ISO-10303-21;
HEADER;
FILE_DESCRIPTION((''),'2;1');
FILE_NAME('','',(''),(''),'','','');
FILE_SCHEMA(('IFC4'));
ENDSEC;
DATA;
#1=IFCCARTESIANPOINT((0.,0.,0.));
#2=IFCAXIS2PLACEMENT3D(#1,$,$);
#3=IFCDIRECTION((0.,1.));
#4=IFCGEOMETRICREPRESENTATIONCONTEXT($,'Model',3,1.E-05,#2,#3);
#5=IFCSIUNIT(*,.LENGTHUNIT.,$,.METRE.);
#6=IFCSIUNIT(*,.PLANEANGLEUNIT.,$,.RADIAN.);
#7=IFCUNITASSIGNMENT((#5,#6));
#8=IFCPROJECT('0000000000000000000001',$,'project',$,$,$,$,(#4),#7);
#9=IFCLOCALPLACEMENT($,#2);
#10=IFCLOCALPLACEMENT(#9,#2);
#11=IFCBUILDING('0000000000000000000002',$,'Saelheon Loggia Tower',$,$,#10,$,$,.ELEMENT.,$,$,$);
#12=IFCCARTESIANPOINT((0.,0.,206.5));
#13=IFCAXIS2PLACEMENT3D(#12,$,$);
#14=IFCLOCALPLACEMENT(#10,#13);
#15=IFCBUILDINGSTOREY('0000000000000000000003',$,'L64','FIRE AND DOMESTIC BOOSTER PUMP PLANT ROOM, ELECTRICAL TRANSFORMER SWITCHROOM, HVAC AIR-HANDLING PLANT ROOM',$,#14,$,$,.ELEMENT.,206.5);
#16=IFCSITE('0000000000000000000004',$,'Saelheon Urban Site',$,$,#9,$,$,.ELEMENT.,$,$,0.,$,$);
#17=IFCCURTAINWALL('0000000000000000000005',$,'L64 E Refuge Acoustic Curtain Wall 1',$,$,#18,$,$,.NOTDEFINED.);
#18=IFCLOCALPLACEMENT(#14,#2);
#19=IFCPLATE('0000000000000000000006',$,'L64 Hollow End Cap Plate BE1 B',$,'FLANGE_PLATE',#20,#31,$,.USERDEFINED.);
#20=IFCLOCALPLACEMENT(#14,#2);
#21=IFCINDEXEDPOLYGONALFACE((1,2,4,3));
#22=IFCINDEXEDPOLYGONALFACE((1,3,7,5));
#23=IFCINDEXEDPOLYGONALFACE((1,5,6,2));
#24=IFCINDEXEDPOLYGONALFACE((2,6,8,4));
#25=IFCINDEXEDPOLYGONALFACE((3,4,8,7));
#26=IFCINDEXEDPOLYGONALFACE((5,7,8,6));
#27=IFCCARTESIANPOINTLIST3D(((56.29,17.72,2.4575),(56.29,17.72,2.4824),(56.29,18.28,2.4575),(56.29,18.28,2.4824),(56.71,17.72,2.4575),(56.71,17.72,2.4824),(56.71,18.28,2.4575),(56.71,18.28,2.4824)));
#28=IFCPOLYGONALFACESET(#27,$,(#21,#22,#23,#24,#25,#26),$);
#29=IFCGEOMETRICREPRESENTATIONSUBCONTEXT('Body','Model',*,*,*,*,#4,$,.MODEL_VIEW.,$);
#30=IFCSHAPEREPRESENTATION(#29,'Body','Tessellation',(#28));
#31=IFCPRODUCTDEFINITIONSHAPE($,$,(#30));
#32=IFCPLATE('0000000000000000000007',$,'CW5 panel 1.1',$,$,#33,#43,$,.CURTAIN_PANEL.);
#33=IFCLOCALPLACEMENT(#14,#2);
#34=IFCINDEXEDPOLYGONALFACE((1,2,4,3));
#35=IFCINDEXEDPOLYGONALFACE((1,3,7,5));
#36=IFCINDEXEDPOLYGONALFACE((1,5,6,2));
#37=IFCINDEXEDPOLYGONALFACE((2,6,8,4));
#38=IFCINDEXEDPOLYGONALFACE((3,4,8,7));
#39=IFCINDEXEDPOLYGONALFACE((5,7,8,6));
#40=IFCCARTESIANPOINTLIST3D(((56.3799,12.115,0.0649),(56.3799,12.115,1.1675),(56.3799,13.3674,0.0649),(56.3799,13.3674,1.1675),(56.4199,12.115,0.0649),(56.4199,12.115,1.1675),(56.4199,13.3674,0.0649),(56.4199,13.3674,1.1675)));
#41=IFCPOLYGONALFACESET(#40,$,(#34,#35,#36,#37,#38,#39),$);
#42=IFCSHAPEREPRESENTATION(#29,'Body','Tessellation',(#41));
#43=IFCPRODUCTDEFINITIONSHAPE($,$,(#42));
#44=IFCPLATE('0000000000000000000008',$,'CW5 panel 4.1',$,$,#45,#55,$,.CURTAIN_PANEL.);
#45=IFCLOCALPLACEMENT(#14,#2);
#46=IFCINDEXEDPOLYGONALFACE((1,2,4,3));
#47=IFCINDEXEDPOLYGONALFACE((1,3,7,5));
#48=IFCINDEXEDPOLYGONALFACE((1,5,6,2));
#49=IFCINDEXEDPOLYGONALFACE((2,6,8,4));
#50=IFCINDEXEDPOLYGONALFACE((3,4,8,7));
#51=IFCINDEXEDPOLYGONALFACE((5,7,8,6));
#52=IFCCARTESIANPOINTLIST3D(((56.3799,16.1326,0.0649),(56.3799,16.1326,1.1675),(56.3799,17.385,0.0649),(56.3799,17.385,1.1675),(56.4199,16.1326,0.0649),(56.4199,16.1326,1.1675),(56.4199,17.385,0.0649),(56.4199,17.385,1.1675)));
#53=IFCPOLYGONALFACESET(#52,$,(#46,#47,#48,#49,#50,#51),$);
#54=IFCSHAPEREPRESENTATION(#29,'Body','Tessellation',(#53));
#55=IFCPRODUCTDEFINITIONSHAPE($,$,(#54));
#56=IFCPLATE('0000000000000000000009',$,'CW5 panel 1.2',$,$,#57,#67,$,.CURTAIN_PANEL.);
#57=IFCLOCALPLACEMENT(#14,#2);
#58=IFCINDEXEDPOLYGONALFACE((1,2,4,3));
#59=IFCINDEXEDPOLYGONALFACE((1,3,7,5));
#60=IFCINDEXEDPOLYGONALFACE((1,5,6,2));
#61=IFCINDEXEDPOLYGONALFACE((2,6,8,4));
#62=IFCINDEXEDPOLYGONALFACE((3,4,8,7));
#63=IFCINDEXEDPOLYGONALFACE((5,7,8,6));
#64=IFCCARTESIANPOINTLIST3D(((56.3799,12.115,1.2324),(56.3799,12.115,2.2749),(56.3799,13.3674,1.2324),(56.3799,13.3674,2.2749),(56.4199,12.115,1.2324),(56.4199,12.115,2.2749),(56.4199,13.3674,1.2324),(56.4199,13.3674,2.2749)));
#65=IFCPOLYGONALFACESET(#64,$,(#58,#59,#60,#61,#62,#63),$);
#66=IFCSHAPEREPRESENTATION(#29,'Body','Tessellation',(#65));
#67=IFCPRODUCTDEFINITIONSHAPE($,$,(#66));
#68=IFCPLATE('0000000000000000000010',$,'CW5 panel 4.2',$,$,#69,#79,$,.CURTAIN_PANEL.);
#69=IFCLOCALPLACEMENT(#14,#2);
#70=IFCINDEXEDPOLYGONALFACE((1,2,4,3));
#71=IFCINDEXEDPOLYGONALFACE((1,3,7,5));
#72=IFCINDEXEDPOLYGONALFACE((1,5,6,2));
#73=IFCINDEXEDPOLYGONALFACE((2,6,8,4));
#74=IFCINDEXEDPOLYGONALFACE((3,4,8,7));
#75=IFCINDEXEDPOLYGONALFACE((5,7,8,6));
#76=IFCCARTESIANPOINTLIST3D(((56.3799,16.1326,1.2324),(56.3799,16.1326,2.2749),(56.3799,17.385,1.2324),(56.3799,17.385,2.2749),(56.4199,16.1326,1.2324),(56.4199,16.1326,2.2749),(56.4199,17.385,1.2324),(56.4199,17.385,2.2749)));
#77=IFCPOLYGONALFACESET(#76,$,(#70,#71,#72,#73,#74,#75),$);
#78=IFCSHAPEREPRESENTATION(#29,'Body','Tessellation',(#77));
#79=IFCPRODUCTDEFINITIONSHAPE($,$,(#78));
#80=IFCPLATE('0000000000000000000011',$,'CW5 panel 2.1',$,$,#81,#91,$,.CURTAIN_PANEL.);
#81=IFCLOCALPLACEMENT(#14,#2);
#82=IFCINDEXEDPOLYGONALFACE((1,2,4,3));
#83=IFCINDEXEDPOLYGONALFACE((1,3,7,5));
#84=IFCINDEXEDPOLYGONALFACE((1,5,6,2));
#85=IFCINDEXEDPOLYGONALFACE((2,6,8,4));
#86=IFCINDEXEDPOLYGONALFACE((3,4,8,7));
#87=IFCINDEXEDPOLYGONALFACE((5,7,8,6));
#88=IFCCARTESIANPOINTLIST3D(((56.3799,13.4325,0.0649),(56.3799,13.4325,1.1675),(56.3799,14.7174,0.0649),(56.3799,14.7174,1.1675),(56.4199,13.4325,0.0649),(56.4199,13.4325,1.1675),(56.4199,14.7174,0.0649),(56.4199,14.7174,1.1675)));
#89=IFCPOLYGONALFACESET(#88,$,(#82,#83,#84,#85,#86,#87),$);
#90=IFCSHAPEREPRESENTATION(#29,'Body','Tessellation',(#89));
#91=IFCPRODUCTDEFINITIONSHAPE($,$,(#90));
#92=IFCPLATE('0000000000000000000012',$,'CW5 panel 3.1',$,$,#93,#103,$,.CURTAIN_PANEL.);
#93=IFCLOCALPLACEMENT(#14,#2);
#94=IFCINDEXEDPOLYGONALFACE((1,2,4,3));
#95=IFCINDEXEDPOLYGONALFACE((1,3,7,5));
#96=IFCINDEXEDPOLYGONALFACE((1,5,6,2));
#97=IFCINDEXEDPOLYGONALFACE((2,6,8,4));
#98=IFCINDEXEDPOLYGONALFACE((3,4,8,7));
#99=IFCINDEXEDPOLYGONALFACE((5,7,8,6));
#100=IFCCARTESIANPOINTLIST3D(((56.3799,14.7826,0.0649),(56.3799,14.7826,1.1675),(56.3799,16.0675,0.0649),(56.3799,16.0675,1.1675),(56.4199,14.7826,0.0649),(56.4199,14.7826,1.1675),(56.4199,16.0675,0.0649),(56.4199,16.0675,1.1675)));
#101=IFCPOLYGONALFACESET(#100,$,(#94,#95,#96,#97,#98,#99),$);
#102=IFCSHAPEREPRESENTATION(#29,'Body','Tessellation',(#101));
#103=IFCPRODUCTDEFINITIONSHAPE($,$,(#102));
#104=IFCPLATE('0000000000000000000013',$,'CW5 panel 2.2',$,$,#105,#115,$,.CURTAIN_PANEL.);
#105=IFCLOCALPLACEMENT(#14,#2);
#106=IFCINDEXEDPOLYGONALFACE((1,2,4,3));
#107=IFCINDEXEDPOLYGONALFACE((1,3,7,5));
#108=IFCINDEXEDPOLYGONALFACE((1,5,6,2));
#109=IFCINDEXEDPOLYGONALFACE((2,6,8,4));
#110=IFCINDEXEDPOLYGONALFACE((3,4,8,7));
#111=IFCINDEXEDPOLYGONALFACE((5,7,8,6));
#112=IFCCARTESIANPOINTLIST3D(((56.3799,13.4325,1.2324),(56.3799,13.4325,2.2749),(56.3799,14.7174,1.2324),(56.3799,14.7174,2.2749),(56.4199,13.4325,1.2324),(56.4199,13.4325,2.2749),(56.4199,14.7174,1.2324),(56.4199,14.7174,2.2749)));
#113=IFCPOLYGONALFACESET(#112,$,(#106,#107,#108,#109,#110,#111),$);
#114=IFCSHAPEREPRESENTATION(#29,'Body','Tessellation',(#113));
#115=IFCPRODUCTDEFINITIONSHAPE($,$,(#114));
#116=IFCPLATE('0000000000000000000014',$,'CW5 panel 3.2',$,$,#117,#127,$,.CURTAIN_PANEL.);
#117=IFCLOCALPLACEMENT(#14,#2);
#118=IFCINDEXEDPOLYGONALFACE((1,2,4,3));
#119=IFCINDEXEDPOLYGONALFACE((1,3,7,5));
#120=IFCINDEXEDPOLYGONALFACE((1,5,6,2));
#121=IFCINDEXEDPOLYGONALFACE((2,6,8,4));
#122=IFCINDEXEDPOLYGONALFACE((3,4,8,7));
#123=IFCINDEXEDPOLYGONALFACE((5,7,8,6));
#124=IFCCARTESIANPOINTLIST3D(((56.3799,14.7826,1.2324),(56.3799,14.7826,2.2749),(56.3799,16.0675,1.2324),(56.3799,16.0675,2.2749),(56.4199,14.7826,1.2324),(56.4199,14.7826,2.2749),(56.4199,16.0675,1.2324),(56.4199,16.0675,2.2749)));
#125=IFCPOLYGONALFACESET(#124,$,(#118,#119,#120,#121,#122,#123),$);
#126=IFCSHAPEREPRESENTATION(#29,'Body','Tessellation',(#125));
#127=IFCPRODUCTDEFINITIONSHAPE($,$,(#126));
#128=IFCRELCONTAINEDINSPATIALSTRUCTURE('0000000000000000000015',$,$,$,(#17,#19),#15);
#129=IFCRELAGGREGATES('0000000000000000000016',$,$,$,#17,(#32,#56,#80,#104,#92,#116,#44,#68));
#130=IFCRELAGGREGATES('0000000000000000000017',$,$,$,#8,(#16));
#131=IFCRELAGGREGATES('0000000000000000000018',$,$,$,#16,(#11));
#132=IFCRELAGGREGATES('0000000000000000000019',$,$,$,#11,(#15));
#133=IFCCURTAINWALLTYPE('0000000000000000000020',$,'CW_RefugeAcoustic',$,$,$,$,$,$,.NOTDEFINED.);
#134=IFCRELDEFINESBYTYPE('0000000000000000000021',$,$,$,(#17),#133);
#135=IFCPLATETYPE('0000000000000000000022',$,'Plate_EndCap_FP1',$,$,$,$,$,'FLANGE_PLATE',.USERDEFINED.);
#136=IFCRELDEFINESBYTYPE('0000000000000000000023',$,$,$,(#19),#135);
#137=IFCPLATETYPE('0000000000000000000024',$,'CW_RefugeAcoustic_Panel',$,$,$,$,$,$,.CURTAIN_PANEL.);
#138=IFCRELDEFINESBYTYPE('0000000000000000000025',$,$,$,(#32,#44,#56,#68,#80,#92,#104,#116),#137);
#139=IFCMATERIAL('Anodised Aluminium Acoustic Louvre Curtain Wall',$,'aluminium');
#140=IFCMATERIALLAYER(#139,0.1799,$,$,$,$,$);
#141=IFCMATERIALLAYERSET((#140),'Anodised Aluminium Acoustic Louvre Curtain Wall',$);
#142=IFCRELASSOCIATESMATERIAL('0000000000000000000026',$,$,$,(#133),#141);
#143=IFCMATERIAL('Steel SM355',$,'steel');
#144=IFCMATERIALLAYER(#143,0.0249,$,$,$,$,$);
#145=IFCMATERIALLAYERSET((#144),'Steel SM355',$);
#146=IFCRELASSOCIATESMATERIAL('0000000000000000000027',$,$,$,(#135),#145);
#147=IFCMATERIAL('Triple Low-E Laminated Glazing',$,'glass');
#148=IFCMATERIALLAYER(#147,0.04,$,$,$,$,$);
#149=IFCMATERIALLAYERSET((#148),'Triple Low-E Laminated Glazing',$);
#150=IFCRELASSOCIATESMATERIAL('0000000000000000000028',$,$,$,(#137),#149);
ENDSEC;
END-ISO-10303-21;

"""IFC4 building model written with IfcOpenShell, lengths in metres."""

from ifc_helpers import new_model, si_unit, direction, frame, origin, origin_2d, place, context, subcontext, project, spatial, rectangle, extrude, source, transform, mapped, material, layer, layer_set, type_object, element, aggregate, save


model = new_model("IFC4")

# Units and contexts
model_context = context("Model", 3, precision=1e-05, world=origin(), true_north=direction((0.0, 1.0)))
body_context = subcontext(model_context, "Body", "Model", "MODEL_VIEW")
ifc_project = project(units=[si_unit("LENGTHUNIT", "METRE"), si_unit("PLANEANGLEUNIT", "RADIAN")], contexts=[model_context])

# Site, building, storey
site_placement = place(None, origin())
site = spatial("IfcSite", under=ifc_project, at=site_placement, Name="Saelheon Urban Site", CompositionType="ELEMENT", RefElevation=0.0)
building_placement = place(site_placement, origin())
building = spatial("IfcBuilding", under=site, at=building_placement, Name="Saelheon Loggia Tower", CompositionType="ELEMENT")
storey_placement = place(building_placement, frame((0.0, 0.0, 206.5)))
storey = spatial("IfcBuildingStorey", under=building, at=storey_placement, Name="L64", Description="FIRE AND DOMESTIC BOOSTER PUMP PLANT ROOM, ELECTRICAL TRANSFORMER SWITCHROOM, HVAC AIR-HANDLING PLANT ROOM", CompositionType="ELEMENT", Elevation=206.5)

# Shared definitions
ifc_material_1 = material(Name="Steel SM355", Category="steel")

# Curtain wall
ifc_material_2 = material(Name="Anodised Aluminium Acoustic Louvre Curtain Wall", Category="aluminium")
ifc_layer_1 = layer(ifc_material_2, 0.1799)
ifc_layer_set_1 = layer_set([ifc_layer_1], Name="Anodised Aluminium Acoustic Louvre Curtain Wall")
curtain_wall_type = type_object("IfcCurtainWallType", Name="CW_RefugeAcoustic", PredefinedType="NOTDEFINED", material=ifc_layer_set_1)
curtain_wall_placement = place(storey_placement, origin())
curtain_wall = element("IfcCurtainWall", 1, at=curtain_wall_placement, inside=storey, type_object=curtain_wall_type, Name="L64 E Refuge Acoustic Curtain Wall 1", PredefinedType="NOTDEFINED")

# Plate
ifc_layer_2 = layer(ifc_material_1, 0.0249)
ifc_layer_set_2 = layer_set([ifc_layer_2], Name="Steel SM355")
plate_type_1 = type_object("IfcPlateType", Name="Plate_EndCap_FP1", ElementType="FLANGE_PLATE", PredefinedType="USERDEFINED", material=ifc_layer_set_2)
shared_shape_1 = source(origin(), body_context, "Body", "SweptSolid", [
    extrude(rectangle(XDim=0.5601, YDim=0.4199, at=origin_2d()), origin(), (0.0, 0.0, 1.0), 0.0249),
])
for number, where, z_axis, x_axis, name in (
    (2, (56.5, 18.0, 2.4575), (0.0, 0.0, 1.0), (0.0, 1.0, 0.0), "L64 Hollow End Cap Plate BE1 B"),
):
    element("IfcPlate", number, at=place(storey_placement, frame(where, z_axis=z_axis, x_axis=x_axis)), inside=storey, type_object=plate_type_1, Name=name, ObjectType="FLANGE_PLATE", PredefinedType="USERDEFINED", context=body_context, shape_type="MappedRepresentation", body=[
        mapped(shared_shape_1, transform((0.0, 0.0, 0.0), scale=1.0)),
    ])

# Plates
ifc_material_3 = material(Name="Triple Low-E Laminated Glazing", Category="glass")
ifc_layer_3 = layer(ifc_material_3, 0.04)
ifc_layer_set_3 = layer_set([ifc_layer_3], Name="Triple Low-E Laminated Glazing")
plate_type_2 = type_object("IfcPlateType", Name="CW_RefugeAcoustic_Panel", PredefinedType="CURTAIN_PANEL", material=ifc_layer_set_3)
shared_shape_2 = source(origin(), body_context, "Body", "SweptSolid", [
    extrude(rectangle(XDim=1.2524, YDim=0.04, at=origin_2d()), origin(), (0.0, 0.0, 1.0), 1.1025),
])
plate_1_placement = place(storey_placement, frame((56.3999, 12.7412, 0.0649), z_axis=(0.0, 0.0, 1.0), x_axis=(0.0, 1.0, 0.0)))
plate_1 = element("IfcPlate", 3, at=plate_1_placement, type_object=plate_type_2, Name="CW5 panel 1.1", PredefinedType="CURTAIN_PANEL", context=body_context, shape_type="MappedRepresentation", body=[
    mapped(shared_shape_2, transform((0.0, 0.0, 0.0), scale=1.0)),
])
plate_2_placement = place(storey_placement, frame((56.3999, 16.7588, 0.0649), z_axis=(0.0, 0.0, 1.0), x_axis=(0.0, 1.0, 0.0)))
plate_2 = element("IfcPlate", 4, at=plate_2_placement, type_object=plate_type_2, Name="CW5 panel 4.1", PredefinedType="CURTAIN_PANEL", context=body_context, shape_type="MappedRepresentation", body=[
    mapped(shared_shape_2, transform((0.0, 0.0, 0.0), scale=1.0)),
])
shared_shape_3 = source(origin(), body_context, "Body", "SweptSolid", [
    extrude(rectangle(XDim=1.2524, YDim=0.04, at=origin_2d()), origin(), (0.0, 0.0, 1.0), 1.0425),
])
plate_3_placement = place(storey_placement, frame((56.3999, 12.7412, 1.2324), z_axis=(0.0, 0.0, 1.0), x_axis=(0.0, 1.0, 0.0)))
plate_3 = element("IfcPlate", 5, at=plate_3_placement, type_object=plate_type_2, Name="CW5 panel 1.2", PredefinedType="CURTAIN_PANEL", context=body_context, shape_type="MappedRepresentation", body=[
    mapped(shared_shape_3, transform((0.0, 0.0, 0.0), scale=1.0)),
])
plate_4_placement = place(storey_placement, frame((56.3999, 16.7588, 1.2324), z_axis=(0.0, 0.0, 1.0), x_axis=(0.0, 1.0, 0.0)))
plate_4 = element("IfcPlate", 6, at=plate_4_placement, type_object=plate_type_2, Name="CW5 panel 4.2", PredefinedType="CURTAIN_PANEL", context=body_context, shape_type="MappedRepresentation", body=[
    mapped(shared_shape_3, transform((0.0, 0.0, 0.0), scale=1.0)),
])
shared_shape_4 = source(origin(), body_context, "Body", "SweptSolid", [
    extrude(rectangle(XDim=1.2849, YDim=0.04, at=origin_2d()), origin(), (0.0, 0.0, 1.0), 1.1025),
])
plate_5_placement = place(storey_placement, frame((56.3999, 14.075, 0.0649), z_axis=(0.0, 0.0, 1.0), x_axis=(0.0, 1.0, 0.0)))
plate_5 = element("IfcPlate", 7, at=plate_5_placement, type_object=plate_type_2, Name="CW5 panel 2.1", PredefinedType="CURTAIN_PANEL", context=body_context, shape_type="MappedRepresentation", body=[
    mapped(shared_shape_4, transform((0.0, 0.0, 0.0), scale=1.0)),
])
plate_6_placement = place(storey_placement, frame((56.3999, 15.425, 0.0649), z_axis=(0.0, 0.0, 1.0), x_axis=(0.0, 1.0, 0.0)))
plate_6 = element("IfcPlate", 8, at=plate_6_placement, type_object=plate_type_2, Name="CW5 panel 3.1", PredefinedType="CURTAIN_PANEL", context=body_context, shape_type="MappedRepresentation", body=[
    mapped(shared_shape_4, transform((0.0, 0.0, 0.0), scale=1.0)),
])
shared_shape_5 = source(origin(), body_context, "Body", "SweptSolid", [
    extrude(rectangle(XDim=1.2849, YDim=0.04, at=origin_2d()), origin(), (0.0, 0.0, 1.0), 1.0425),
])
plate_7_placement = place(storey_placement, frame((56.3999, 14.075, 1.2324), z_axis=(0.0, 0.0, 1.0), x_axis=(0.0, 1.0, 0.0)))
plate_7 = element("IfcPlate", 9, at=plate_7_placement, type_object=plate_type_2, Name="CW5 panel 2.2", PredefinedType="CURTAIN_PANEL", context=body_context, shape_type="MappedRepresentation", body=[
    mapped(shared_shape_5, transform((0.0, 0.0, 0.0), scale=1.0)),
])
plate_8_placement = place(storey_placement, frame((56.3999, 15.425, 1.2324), z_axis=(0.0, 0.0, 1.0), x_axis=(0.0, 1.0, 0.0)))
plate_8 = element("IfcPlate", 10, at=plate_8_placement, type_object=plate_type_2, Name="CW5 panel 3.2", PredefinedType="CURTAIN_PANEL", context=body_context, shape_type="MappedRepresentation", body=[
    mapped(shared_shape_5, transform((0.0, 0.0, 0.0), scale=1.0)),
])
aggregate(curtain_wall, [plate_1, plate_3, plate_5, plate_7, plate_6, plate_8, plate_2, plate_4])

save(model, "model.ifc")
